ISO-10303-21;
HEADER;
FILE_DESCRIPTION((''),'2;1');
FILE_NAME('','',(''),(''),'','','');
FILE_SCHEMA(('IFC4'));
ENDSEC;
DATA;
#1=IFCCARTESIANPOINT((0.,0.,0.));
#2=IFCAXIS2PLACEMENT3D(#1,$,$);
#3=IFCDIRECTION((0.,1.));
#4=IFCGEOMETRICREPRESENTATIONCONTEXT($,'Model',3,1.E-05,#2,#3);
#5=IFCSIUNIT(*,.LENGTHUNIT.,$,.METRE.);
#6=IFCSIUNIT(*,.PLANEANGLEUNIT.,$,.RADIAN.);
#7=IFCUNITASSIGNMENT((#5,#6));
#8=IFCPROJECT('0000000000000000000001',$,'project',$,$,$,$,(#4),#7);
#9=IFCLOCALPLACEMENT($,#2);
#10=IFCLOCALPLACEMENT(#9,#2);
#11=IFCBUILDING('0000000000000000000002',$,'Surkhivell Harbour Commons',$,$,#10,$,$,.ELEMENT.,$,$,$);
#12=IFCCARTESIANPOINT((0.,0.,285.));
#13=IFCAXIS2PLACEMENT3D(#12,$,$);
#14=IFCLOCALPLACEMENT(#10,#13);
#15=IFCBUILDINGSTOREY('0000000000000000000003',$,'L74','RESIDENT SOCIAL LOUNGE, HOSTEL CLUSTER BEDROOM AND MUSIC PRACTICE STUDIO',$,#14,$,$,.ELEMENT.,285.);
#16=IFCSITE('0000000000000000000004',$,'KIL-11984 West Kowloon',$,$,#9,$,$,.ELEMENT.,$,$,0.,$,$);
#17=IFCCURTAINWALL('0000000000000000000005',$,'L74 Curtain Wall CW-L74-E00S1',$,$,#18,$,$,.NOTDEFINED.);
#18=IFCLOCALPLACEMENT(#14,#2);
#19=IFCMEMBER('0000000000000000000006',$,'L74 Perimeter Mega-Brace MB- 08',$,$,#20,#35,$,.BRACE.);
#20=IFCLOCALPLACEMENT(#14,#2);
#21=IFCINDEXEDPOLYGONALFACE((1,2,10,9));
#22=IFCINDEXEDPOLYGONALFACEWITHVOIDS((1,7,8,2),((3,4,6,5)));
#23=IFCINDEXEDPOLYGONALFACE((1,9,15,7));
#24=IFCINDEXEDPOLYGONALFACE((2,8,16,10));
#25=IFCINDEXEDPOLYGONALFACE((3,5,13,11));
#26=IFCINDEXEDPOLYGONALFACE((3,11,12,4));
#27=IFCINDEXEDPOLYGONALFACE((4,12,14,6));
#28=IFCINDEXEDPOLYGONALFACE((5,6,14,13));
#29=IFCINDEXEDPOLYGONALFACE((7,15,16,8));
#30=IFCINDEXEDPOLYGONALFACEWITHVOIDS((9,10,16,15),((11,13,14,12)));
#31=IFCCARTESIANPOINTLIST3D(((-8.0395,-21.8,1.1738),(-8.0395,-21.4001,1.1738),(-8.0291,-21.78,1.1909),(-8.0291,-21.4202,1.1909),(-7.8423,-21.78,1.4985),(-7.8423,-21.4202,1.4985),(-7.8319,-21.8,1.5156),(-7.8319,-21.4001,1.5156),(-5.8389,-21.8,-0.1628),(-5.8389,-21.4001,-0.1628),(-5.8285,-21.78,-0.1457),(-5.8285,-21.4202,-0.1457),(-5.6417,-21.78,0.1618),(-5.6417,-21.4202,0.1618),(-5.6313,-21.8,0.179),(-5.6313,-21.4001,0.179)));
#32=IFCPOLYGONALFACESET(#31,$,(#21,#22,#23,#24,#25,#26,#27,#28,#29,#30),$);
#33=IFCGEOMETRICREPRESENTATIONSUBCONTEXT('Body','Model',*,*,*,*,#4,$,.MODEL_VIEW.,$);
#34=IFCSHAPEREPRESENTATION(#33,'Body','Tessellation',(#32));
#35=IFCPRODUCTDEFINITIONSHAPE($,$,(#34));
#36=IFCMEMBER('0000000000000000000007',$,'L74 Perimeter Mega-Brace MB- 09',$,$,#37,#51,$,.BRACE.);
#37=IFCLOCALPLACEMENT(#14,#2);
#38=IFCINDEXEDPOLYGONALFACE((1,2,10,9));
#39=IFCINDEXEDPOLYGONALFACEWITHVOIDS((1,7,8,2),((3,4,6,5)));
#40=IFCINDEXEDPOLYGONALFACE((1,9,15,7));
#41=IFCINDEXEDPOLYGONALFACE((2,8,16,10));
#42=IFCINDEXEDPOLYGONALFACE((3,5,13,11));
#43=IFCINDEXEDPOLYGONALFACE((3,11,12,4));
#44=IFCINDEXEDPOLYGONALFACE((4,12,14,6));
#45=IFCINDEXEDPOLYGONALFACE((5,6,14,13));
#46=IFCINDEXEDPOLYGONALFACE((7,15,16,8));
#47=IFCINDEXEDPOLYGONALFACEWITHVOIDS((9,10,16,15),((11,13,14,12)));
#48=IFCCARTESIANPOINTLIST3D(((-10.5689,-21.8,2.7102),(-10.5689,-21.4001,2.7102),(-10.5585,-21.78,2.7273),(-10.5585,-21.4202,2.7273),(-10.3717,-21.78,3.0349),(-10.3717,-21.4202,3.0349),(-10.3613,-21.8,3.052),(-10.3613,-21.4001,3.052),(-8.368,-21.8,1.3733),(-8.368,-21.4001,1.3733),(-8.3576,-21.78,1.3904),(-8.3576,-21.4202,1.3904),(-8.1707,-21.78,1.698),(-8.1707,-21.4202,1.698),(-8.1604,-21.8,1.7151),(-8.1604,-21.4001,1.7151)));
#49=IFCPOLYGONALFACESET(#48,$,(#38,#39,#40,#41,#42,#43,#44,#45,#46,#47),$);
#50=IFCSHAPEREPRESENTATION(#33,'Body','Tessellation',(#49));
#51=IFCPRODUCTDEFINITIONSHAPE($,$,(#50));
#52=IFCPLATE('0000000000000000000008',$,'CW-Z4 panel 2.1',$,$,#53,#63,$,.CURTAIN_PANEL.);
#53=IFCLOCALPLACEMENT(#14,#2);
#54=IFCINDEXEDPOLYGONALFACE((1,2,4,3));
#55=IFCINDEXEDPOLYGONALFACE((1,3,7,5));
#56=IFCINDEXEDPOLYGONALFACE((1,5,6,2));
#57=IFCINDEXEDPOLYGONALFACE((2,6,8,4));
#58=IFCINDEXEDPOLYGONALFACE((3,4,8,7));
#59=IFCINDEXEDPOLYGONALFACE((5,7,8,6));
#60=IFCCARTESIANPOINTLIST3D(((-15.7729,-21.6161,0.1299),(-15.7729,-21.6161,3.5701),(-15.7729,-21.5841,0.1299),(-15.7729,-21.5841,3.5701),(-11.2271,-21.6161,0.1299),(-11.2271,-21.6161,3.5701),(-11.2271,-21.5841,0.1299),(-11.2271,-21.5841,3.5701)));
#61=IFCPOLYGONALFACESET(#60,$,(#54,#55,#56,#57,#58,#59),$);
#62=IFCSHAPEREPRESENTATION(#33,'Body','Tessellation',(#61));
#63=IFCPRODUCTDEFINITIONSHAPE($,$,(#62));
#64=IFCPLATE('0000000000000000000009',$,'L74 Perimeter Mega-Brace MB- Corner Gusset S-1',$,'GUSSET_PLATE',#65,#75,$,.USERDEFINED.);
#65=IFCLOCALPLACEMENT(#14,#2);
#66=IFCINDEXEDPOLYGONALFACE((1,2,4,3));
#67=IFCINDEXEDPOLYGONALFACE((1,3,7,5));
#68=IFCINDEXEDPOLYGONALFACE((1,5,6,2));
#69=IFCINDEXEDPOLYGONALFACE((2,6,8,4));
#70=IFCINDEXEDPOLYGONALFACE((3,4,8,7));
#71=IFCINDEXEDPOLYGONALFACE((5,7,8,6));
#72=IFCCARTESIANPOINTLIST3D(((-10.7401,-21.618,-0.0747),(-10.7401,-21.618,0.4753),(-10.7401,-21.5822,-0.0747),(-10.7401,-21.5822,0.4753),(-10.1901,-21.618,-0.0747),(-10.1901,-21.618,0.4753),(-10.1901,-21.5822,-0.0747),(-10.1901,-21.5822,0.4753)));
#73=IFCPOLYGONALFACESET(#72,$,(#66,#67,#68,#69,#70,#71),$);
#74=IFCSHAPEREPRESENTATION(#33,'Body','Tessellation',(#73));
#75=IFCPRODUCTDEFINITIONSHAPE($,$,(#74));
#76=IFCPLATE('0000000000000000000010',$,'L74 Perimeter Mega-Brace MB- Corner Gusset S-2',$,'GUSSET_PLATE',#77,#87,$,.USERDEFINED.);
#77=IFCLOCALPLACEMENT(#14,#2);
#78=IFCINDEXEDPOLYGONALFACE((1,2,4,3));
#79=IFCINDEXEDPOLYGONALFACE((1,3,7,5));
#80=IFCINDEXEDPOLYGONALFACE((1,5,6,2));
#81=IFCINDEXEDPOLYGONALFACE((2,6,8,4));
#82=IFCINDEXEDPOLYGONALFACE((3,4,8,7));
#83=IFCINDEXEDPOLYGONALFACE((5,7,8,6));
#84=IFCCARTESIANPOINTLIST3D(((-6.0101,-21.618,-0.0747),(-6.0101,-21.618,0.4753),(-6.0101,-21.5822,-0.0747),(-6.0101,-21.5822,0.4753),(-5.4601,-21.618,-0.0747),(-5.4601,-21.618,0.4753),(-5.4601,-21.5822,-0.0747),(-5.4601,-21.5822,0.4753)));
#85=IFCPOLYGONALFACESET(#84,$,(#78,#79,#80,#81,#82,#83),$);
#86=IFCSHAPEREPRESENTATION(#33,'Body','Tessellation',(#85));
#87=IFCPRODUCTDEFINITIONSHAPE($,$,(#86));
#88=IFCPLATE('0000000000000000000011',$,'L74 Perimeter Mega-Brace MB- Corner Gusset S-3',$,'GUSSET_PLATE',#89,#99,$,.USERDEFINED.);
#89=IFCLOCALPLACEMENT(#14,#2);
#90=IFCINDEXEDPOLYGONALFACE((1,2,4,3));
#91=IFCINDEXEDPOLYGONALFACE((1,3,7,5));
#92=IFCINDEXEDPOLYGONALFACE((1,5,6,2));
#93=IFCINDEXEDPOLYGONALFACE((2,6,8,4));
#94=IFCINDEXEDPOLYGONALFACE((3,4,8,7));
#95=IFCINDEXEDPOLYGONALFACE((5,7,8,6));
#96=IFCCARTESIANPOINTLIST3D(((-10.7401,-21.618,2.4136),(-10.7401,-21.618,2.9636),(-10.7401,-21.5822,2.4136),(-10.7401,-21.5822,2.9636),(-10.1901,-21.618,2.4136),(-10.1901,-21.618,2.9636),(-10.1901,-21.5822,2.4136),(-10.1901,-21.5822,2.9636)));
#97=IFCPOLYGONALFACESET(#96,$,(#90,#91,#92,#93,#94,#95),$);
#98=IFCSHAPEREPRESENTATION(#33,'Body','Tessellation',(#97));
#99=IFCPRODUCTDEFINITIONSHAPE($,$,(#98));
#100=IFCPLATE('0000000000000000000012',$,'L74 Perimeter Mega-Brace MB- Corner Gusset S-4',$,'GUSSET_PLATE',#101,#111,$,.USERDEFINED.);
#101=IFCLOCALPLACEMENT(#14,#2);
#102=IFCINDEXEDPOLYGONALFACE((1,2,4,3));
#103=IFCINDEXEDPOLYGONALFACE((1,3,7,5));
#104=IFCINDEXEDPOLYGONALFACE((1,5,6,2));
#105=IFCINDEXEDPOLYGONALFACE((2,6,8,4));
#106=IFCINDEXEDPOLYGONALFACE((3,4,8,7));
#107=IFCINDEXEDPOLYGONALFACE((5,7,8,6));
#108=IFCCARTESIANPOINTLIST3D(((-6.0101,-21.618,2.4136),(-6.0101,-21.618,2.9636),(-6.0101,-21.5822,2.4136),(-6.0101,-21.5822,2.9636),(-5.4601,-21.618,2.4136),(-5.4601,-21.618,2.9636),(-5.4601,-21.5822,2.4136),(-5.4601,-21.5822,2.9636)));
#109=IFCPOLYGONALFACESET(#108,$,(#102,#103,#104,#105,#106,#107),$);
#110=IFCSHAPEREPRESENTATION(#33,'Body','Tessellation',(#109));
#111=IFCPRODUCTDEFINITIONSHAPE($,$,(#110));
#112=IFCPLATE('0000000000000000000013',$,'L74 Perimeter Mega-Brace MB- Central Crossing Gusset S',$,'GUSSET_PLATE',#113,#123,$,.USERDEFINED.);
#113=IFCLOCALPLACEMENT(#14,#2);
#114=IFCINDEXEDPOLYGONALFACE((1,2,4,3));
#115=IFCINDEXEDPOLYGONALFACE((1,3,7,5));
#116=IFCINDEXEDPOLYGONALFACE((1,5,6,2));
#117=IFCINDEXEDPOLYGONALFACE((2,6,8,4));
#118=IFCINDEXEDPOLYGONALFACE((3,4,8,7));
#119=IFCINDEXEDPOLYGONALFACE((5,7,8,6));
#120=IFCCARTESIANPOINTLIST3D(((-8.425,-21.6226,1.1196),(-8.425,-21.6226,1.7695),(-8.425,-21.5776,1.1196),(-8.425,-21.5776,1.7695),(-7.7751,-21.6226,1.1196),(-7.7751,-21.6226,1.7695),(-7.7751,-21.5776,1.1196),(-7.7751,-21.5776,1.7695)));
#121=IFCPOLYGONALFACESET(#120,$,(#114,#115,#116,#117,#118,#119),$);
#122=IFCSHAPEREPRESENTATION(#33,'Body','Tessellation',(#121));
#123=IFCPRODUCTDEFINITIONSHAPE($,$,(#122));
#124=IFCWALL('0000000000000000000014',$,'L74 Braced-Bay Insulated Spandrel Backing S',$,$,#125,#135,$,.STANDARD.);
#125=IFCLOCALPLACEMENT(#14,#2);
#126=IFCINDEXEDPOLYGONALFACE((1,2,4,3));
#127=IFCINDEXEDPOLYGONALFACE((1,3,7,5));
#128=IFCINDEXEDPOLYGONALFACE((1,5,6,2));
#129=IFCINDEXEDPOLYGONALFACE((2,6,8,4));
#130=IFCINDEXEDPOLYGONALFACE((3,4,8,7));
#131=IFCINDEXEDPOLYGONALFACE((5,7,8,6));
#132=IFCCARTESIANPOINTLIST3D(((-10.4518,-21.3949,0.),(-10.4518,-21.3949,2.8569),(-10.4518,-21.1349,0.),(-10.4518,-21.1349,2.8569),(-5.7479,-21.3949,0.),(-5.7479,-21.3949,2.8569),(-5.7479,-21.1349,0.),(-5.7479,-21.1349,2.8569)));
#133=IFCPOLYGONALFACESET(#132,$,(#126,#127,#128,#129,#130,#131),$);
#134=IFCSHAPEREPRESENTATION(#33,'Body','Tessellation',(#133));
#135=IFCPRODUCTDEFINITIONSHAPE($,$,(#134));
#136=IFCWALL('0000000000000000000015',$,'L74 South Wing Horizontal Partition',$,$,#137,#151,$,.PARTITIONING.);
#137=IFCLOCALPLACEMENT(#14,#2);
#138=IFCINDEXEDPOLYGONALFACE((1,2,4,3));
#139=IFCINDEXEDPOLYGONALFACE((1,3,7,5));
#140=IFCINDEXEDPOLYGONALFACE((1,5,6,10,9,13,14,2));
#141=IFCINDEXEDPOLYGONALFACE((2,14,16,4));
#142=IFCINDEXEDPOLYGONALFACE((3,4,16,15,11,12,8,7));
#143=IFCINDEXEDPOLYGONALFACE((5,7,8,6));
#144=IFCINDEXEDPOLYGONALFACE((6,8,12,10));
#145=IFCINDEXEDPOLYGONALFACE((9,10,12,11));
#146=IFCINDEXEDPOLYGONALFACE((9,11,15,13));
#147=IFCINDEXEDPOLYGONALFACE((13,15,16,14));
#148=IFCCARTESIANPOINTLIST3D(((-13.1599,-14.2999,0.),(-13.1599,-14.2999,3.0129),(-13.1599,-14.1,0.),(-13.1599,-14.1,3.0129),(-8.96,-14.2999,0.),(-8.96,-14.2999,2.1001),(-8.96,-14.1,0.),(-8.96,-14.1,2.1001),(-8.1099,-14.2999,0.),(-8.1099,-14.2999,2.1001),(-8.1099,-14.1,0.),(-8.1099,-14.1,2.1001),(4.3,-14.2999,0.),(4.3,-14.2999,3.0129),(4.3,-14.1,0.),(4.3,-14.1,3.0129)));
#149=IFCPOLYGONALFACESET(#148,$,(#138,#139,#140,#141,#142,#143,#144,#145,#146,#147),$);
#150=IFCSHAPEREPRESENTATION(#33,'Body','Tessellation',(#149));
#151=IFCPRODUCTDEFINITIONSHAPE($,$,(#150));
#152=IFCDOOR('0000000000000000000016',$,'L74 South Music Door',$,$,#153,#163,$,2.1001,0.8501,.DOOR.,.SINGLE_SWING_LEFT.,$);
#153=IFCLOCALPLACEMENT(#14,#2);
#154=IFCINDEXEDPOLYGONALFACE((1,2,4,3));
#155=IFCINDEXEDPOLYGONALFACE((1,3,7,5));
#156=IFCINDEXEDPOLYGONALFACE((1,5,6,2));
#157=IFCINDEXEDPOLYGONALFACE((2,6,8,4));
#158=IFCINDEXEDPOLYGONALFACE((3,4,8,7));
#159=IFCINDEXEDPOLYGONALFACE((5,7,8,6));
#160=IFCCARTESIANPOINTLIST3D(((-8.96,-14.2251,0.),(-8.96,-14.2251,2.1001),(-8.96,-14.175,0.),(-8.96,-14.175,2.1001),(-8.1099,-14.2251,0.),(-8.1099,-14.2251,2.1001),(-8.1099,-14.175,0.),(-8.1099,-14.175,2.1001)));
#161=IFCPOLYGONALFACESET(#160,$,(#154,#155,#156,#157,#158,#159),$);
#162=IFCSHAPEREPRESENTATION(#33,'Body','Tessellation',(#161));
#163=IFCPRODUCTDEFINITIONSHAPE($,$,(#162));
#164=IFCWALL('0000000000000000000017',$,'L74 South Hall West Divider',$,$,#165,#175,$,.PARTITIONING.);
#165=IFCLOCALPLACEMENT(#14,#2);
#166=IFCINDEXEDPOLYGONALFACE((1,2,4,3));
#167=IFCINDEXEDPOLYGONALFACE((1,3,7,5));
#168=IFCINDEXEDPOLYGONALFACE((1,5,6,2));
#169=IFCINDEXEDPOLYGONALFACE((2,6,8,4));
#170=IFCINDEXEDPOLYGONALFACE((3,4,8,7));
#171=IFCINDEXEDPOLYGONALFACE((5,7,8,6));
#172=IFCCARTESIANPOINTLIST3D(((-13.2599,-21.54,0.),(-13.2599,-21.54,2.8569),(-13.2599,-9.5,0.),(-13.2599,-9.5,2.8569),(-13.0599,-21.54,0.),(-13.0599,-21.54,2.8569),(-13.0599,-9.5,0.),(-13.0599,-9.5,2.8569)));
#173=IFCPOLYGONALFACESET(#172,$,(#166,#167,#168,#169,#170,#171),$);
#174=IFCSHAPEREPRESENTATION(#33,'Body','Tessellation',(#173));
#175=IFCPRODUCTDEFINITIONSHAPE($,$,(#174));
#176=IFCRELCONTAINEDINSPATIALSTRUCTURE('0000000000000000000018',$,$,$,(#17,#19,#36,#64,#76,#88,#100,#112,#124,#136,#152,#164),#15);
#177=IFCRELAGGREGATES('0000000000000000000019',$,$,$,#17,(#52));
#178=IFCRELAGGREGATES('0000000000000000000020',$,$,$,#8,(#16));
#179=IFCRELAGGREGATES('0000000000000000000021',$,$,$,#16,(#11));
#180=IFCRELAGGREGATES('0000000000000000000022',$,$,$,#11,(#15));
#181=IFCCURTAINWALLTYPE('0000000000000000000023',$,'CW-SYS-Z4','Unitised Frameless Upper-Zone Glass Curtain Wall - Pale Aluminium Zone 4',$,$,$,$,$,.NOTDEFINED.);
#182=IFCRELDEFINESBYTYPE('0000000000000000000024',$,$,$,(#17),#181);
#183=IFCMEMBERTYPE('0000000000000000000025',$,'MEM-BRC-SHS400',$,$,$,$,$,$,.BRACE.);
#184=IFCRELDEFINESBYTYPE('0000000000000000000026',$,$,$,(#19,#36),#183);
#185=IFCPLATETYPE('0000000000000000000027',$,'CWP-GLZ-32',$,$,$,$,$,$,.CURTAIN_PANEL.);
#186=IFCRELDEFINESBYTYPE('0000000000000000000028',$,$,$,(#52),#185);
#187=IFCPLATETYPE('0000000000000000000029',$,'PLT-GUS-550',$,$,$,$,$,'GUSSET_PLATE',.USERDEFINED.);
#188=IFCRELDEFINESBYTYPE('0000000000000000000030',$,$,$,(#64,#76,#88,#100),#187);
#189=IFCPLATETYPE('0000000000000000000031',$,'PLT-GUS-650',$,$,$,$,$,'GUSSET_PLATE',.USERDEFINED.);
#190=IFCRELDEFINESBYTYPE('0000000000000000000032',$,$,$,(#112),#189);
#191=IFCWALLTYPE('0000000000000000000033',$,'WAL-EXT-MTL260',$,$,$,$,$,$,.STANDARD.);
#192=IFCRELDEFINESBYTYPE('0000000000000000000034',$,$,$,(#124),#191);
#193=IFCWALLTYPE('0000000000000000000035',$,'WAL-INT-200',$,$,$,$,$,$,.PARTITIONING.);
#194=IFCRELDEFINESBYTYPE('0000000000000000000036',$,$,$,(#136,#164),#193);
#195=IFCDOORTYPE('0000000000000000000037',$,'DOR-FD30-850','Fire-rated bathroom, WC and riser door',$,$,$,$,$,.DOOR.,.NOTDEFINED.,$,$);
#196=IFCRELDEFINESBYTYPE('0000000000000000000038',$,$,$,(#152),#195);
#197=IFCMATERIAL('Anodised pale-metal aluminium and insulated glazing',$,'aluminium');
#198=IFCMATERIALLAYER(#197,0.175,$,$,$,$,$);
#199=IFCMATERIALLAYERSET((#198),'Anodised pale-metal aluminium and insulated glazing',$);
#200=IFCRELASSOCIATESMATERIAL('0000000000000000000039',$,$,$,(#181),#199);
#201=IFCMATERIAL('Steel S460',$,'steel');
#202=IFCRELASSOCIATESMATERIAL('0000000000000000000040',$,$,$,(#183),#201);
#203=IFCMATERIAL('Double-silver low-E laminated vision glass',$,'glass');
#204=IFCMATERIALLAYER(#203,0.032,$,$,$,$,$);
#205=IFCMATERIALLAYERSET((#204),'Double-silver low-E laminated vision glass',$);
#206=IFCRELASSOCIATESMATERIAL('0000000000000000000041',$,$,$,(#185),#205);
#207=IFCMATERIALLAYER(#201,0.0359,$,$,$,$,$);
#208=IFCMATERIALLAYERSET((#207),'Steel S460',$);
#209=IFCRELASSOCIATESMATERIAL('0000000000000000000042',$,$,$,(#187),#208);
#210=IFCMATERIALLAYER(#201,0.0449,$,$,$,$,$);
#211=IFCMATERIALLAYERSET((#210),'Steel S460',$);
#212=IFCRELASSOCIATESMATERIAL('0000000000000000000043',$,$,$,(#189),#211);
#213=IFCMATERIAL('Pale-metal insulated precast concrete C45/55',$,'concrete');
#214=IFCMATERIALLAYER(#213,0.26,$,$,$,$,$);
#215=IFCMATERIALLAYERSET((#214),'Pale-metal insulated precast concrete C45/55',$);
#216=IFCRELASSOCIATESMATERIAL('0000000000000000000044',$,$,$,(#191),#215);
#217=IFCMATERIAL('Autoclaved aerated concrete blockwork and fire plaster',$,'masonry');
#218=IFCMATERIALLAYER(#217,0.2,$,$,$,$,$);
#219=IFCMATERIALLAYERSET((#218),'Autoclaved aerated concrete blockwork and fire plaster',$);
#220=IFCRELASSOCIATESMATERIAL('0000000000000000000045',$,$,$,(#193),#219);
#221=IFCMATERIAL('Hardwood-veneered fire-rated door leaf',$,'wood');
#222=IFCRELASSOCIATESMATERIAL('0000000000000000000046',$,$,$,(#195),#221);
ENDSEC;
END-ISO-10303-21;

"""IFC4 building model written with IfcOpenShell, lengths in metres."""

from ifc_helpers import new_model, si_unit, direction, frame, frame_2d, origin, origin_2d, place, context, subcontext, project, spatial, rectangle, hollow_rectangle, extrude, material, layer, layer_set, material_profile, profile_set, type_object, element, fill, aggregate, save


model = new_model("IFC4")

# Units and contexts
model_context = context("Model", 3, precision=1e-05, world=origin(), true_north=direction((0.0, 1.0)))
body_context = subcontext(model_context, "Body", "Model", "MODEL_VIEW")
ifc_project = project(units=[si_unit("LENGTHUNIT", "METRE"), si_unit("PLANEANGLEUNIT", "RADIAN")], contexts=[model_context])

# Site, building, storey
site_placement = place(None, origin())
site = spatial("IfcSite", under=ifc_project, at=site_placement, Name="KIL-11984 West Kowloon", CompositionType="ELEMENT", RefElevation=0.0)
building_placement = place(site_placement, origin())
building = spatial("IfcBuilding", under=site, at=building_placement, Name="Surkhivell Harbour Commons", CompositionType="ELEMENT")
storey_placement = place(building_placement, frame((0.0, 0.0, 285.0)))
storey = spatial("IfcBuildingStorey", under=building, at=storey_placement, Name="L74", Description="RESIDENT SOCIAL LOUNGE, HOSTEL CLUSTER BEDROOM AND MUSIC PRACTICE STUDIO", CompositionType="ELEMENT", Elevation=285.0)

# Curtain wall
ifc_material_1 = material(Name="Anodised pale-metal aluminium and insulated glazing", Category="aluminium")
ifc_layer_1 = layer(ifc_material_1, 0.175)
ifc_layer_set_1 = layer_set([ifc_layer_1], Name="Anodised pale-metal aluminium and insulated glazing")
curtain_wall_type = type_object("IfcCurtainWallType", Name="CW-SYS-Z4", Description="Unitised Frameless Upper-Zone Glass Curtain Wall - Pale Aluminium Zone 4", PredefinedType="NOTDEFINED", material=ifc_layer_set_1)
curtain_wall_placement = place(storey_placement, origin())
curtain_wall = element("IfcCurtainWall", 1, at=curtain_wall_placement, inside=storey, type_object=curtain_wall_type, Name="L74 Curtain Wall CW-L74-E00S1", PredefinedType="NOTDEFINED")

# Members
ifc_material_2 = material(Name="Steel S460", Category="steel")
ifc_material_profile_1 = material_profile(ifc_material_2, hollow_rectangle(XDim=0.3999, YDim=0.3999, WallThickness=0.02, at=origin_2d()), Name="SHS400x400x20")
ifc_profile_set_1 = profile_set([ifc_material_profile_1], Name="Steel S460")
member_type_1 = type_object("IfcMemberType", Name="MEM-BRC-SHS400", PredefinedType="BRACE", material=ifc_profile_set_1)
member_1_placement = place(storey_placement, frame((-5.7351, -21.6001, 0.0081), z_axis=(-0.854694, 0.0, 0.519132), x_axis=(0.0, -1.0, 0.0)))
element("IfcMember", 2, at=member_1_placement, inside=storey, type_object=member_type_1, Name="L74 Perimeter Mega-Brace MB- 08", PredefinedType="BRACE", context=body_context, shape_type="SweptSolid", body=[
    extrude(hollow_rectangle(XDim=0.3999, YDim=0.3999, WallThickness=0.02, at=origin_2d()), origin(), (0.0, 0.0, 1.0), 2.5747),
])
member_2_placement = place(storey_placement, frame((-8.2642, -21.6001, 1.5442), z_axis=(-0.854678, 0.0, 0.519159), x_axis=(0.0, -1.0, 0.0)))
element("IfcMember", 3, at=member_2_placement, inside=storey, type_object=member_type_1, Name="L74 Perimeter Mega-Brace MB- 09", PredefinedType="BRACE", context=body_context, shape_type="SweptSolid", body=[
    extrude(hollow_rectangle(XDim=0.3999, YDim=0.3999, WallThickness=0.02, at=origin_2d()), origin(), (0.0, 0.0, 1.0), 2.5752),
])

# Plate
ifc_material_3 = material(Name="Double-silver low-E laminated vision glass", Category="glass")
ifc_layer_2 = layer(ifc_material_3, 0.032)
ifc_layer_set_2 = layer_set([ifc_layer_2], Name="Double-silver low-E laminated vision glass")
plate_type_1 = type_object("IfcPlateType", Name="CWP-GLZ-32", PredefinedType="CURTAIN_PANEL", material=ifc_layer_set_2)
plate_1_placement = place(storey_placement, frame((-15.7729, -21.6001, 0.1299), z_axis=(0.0, 0.0, 1.0), x_axis=(1.0, 0.0, 0.0)))
plate_1 = element("IfcPlate", 4, at=plate_1_placement, type_object=plate_type_1, Name="CW-Z4 panel 2.1", PredefinedType="CURTAIN_PANEL", context=body_context, shape_type="SweptSolid", body=[
    extrude(rectangle(XDim=4.5459, YDim=0.032, at=frame_2d((2.2729, 0.0))), origin(), (0.0, 0.0, 1.0), 3.4402),
])
aggregate(curtain_wall, [plate_1])

# Plates
ifc_layer_3 = layer(ifc_material_2, 0.0359)
ifc_layer_set_3 = layer_set([ifc_layer_3], Name="Steel S460")
plate_type_2 = type_object("IfcPlateType", Name="PLT-GUS-550", ElementType="GUSSET_PLATE", PredefinedType="USERDEFINED", material=ifc_layer_set_3)
for number, where, z_axis, x_axis, name in (
    (5, (-10.4651, -21.6001, -0.0747), (0.0, 0.0, 1.0), (1.0, 0.0, 0.0), "L74 Perimeter Mega-Brace MB- Corner Gusset S-1"),
    (6, (-5.7351, -21.6001, -0.0747), (0.0, 0.0, 1.0), (1.0, 0.0, 0.0), "L74 Perimeter Mega-Brace MB- Corner Gusset S-2"),
    (7, (-10.4651, -21.6001, 2.4136), (0.0, 0.0, 1.0), (1.0, 0.0, 0.0), "L74 Perimeter Mega-Brace MB- Corner Gusset S-3"),
    (8, (-5.7351, -21.6001, 2.4136), (0.0, 0.0, 1.0), (1.0, 0.0, 0.0), "L74 Perimeter Mega-Brace MB- Corner Gusset S-4"),
):
    element("IfcPlate", number, at=place(storey_placement, frame(where, z_axis=z_axis, x_axis=x_axis)), inside=storey, type_object=plate_type_2, Name=name, ObjectType="GUSSET_PLATE", PredefinedType="USERDEFINED", context=body_context, shape_type="SweptSolid", body=[
        extrude(rectangle(XDim=0.55, YDim=0.0359, at=origin_2d()), origin(), (0.0, 0.0, 1.0), 0.55),
    ])
ifc_layer_4 = layer(ifc_material_2, 0.0449)
ifc_layer_set_4 = layer_set([ifc_layer_4], Name="Steel S460")
plate_type_3 = type_object("IfcPlateType", Name="PLT-GUS-650", ElementType="GUSSET_PLATE", PredefinedType="USERDEFINED", material=ifc_layer_set_4)
plate_2_placement = place(storey_placement, frame((-8.1001, -21.6001, 1.1196), z_axis=(0.0, 0.0, 1.0), x_axis=(1.0, 0.0, 0.0)))
element("IfcPlate", 9, at=plate_2_placement, inside=storey, type_object=plate_type_3, Name="L74 Perimeter Mega-Brace MB- Central Crossing Gusset S", ObjectType="GUSSET_PLATE", PredefinedType="USERDEFINED", context=body_context, shape_type="SweptSolid", body=[
    extrude(rectangle(XDim=0.6499, YDim=0.0449, at=origin_2d()), origin(), (0.0, 0.0, 1.0), 0.6499),
])

# Wall
ifc_material_4 = material(Name="Pale-metal insulated precast concrete C45/55", Category="concrete")
ifc_layer_5 = layer(ifc_material_4, 0.26)
ifc_layer_set_5 = layer_set([ifc_layer_5], Name="Pale-metal insulated precast concrete C45/55")
wall_type_1 = type_object("IfcWallType", Name="WAL-EXT-MTL260", PredefinedType="STANDARD", material=ifc_layer_set_5)
wall_1_placement = place(storey_placement, frame((-10.4519, -21.2649, 0.0), z_axis=(0.0, 0.0, 1.0), x_axis=(1.0, 0.0, 0.0)))
element("IfcWall", 10, at=wall_1_placement, inside=storey, type_object=wall_type_1, Name="L74 Braced-Bay Insulated Spandrel Backing S", PredefinedType="STANDARD", context=body_context, shape_type="SweptSolid", body=[
    extrude(rectangle(XDim=4.7039, YDim=0.26, at=frame_2d((2.3521, 0.0))), origin(), (0.0, 0.0, 1.0), 2.8569),
])

# Wall, opening, door
ifc_material_5 = material(Name="Autoclaved aerated concrete blockwork and fire plaster", Category="masonry")
ifc_layer_6 = layer(ifc_material_5, 0.2)
ifc_layer_set_6 = layer_set([ifc_layer_6], Name="Autoclaved aerated concrete blockwork and fire plaster")
wall_type_2 = type_object("IfcWallType", Name="WAL-INT-200", PredefinedType="PARTITIONING", material=ifc_layer_set_6)
wall_2_placement = place(storey_placement, frame((-13.1599, -14.2, 0.0), z_axis=(0.0, 0.0, 1.0), x_axis=(1.0, 0.0, 0.0)))
wall_2 = element("IfcWall", 11, at=wall_2_placement, inside=storey, type_object=wall_type_2, Name="L74 South Wing Horizontal Partition", PredefinedType="PARTITIONING", context=body_context, shape_type="SweptSolid", body=[
    extrude(rectangle(XDim=17.46, YDim=0.2, at=frame_2d((8.73, 0.0))), origin(), (0.0, 0.0, 1.0), 3.0129),
])
opening_placement = place(wall_2_placement, frame((4.2, 0.0, 0.0)))
opening = element("IfcOpeningElement", 12, at=opening_placement, cuts=wall_2, PredefinedType="OPENING", context=body_context, shape_type="SweptSolid", body=[
    extrude(rectangle(XDim=0.8501, YDim=2.1001, at=frame_2d((0.425, 1.05))), frame((0.0, 0.1099, 0.0), z_axis=(0.0, -1.0, 0.0), x_axis=(1.0, 0.0, 0.0)), (0.0, 0.0, 1.0), 0.22),
])
ifc_material_6 = material(Name="Hardwood-veneered fire-rated door leaf", Category="wood")
door_type = type_object("IfcDoorType", Name="DOR-FD30-850", Description="Fire-rated bathroom, WC and riser door", OperationType="NOTDEFINED", PredefinedType="DOOR", material=ifc_material_6)
door_placement = place(opening_placement, origin())
door = element("IfcDoor", 13, at=door_placement, inside=storey, type_object=door_type, Name="L74 South Music Door", OperationType="SINGLE_SWING_LEFT", OverallHeight=2.1001, OverallWidth=0.8501, PredefinedType="DOOR", context=body_context, shape_type="SweptSolid", body=[
    extrude(rectangle(XDim=0.8501, YDim=2.1001, at=frame_2d((0.425, 1.05))), frame((0.0, 0.0249, 0.0), z_axis=(0.0, -1.0, 0.0), x_axis=(1.0, 0.0, 0.0)), (0.0, 0.0, 1.0), 0.05),
])
fill(opening, door)

# Wall
wall_3_placement = place(storey_placement, frame((-13.1599, -21.54, 0.0), z_axis=(0.0, 0.0, 1.0), x_axis=(0.0, 1.0, 0.0)))
element("IfcWall", 14, at=wall_3_placement, inside=storey, type_object=wall_type_2, Name="L74 South Hall West Divider", PredefinedType="PARTITIONING", context=body_context, shape_type="SweptSolid", body=[
    extrude(rectangle(XDim=12.04, YDim=0.2, at=frame_2d((6.02, 0.0))), origin(), (0.0, 0.0, 1.0), 2.8569),
])

save(model, "model.ifc")
